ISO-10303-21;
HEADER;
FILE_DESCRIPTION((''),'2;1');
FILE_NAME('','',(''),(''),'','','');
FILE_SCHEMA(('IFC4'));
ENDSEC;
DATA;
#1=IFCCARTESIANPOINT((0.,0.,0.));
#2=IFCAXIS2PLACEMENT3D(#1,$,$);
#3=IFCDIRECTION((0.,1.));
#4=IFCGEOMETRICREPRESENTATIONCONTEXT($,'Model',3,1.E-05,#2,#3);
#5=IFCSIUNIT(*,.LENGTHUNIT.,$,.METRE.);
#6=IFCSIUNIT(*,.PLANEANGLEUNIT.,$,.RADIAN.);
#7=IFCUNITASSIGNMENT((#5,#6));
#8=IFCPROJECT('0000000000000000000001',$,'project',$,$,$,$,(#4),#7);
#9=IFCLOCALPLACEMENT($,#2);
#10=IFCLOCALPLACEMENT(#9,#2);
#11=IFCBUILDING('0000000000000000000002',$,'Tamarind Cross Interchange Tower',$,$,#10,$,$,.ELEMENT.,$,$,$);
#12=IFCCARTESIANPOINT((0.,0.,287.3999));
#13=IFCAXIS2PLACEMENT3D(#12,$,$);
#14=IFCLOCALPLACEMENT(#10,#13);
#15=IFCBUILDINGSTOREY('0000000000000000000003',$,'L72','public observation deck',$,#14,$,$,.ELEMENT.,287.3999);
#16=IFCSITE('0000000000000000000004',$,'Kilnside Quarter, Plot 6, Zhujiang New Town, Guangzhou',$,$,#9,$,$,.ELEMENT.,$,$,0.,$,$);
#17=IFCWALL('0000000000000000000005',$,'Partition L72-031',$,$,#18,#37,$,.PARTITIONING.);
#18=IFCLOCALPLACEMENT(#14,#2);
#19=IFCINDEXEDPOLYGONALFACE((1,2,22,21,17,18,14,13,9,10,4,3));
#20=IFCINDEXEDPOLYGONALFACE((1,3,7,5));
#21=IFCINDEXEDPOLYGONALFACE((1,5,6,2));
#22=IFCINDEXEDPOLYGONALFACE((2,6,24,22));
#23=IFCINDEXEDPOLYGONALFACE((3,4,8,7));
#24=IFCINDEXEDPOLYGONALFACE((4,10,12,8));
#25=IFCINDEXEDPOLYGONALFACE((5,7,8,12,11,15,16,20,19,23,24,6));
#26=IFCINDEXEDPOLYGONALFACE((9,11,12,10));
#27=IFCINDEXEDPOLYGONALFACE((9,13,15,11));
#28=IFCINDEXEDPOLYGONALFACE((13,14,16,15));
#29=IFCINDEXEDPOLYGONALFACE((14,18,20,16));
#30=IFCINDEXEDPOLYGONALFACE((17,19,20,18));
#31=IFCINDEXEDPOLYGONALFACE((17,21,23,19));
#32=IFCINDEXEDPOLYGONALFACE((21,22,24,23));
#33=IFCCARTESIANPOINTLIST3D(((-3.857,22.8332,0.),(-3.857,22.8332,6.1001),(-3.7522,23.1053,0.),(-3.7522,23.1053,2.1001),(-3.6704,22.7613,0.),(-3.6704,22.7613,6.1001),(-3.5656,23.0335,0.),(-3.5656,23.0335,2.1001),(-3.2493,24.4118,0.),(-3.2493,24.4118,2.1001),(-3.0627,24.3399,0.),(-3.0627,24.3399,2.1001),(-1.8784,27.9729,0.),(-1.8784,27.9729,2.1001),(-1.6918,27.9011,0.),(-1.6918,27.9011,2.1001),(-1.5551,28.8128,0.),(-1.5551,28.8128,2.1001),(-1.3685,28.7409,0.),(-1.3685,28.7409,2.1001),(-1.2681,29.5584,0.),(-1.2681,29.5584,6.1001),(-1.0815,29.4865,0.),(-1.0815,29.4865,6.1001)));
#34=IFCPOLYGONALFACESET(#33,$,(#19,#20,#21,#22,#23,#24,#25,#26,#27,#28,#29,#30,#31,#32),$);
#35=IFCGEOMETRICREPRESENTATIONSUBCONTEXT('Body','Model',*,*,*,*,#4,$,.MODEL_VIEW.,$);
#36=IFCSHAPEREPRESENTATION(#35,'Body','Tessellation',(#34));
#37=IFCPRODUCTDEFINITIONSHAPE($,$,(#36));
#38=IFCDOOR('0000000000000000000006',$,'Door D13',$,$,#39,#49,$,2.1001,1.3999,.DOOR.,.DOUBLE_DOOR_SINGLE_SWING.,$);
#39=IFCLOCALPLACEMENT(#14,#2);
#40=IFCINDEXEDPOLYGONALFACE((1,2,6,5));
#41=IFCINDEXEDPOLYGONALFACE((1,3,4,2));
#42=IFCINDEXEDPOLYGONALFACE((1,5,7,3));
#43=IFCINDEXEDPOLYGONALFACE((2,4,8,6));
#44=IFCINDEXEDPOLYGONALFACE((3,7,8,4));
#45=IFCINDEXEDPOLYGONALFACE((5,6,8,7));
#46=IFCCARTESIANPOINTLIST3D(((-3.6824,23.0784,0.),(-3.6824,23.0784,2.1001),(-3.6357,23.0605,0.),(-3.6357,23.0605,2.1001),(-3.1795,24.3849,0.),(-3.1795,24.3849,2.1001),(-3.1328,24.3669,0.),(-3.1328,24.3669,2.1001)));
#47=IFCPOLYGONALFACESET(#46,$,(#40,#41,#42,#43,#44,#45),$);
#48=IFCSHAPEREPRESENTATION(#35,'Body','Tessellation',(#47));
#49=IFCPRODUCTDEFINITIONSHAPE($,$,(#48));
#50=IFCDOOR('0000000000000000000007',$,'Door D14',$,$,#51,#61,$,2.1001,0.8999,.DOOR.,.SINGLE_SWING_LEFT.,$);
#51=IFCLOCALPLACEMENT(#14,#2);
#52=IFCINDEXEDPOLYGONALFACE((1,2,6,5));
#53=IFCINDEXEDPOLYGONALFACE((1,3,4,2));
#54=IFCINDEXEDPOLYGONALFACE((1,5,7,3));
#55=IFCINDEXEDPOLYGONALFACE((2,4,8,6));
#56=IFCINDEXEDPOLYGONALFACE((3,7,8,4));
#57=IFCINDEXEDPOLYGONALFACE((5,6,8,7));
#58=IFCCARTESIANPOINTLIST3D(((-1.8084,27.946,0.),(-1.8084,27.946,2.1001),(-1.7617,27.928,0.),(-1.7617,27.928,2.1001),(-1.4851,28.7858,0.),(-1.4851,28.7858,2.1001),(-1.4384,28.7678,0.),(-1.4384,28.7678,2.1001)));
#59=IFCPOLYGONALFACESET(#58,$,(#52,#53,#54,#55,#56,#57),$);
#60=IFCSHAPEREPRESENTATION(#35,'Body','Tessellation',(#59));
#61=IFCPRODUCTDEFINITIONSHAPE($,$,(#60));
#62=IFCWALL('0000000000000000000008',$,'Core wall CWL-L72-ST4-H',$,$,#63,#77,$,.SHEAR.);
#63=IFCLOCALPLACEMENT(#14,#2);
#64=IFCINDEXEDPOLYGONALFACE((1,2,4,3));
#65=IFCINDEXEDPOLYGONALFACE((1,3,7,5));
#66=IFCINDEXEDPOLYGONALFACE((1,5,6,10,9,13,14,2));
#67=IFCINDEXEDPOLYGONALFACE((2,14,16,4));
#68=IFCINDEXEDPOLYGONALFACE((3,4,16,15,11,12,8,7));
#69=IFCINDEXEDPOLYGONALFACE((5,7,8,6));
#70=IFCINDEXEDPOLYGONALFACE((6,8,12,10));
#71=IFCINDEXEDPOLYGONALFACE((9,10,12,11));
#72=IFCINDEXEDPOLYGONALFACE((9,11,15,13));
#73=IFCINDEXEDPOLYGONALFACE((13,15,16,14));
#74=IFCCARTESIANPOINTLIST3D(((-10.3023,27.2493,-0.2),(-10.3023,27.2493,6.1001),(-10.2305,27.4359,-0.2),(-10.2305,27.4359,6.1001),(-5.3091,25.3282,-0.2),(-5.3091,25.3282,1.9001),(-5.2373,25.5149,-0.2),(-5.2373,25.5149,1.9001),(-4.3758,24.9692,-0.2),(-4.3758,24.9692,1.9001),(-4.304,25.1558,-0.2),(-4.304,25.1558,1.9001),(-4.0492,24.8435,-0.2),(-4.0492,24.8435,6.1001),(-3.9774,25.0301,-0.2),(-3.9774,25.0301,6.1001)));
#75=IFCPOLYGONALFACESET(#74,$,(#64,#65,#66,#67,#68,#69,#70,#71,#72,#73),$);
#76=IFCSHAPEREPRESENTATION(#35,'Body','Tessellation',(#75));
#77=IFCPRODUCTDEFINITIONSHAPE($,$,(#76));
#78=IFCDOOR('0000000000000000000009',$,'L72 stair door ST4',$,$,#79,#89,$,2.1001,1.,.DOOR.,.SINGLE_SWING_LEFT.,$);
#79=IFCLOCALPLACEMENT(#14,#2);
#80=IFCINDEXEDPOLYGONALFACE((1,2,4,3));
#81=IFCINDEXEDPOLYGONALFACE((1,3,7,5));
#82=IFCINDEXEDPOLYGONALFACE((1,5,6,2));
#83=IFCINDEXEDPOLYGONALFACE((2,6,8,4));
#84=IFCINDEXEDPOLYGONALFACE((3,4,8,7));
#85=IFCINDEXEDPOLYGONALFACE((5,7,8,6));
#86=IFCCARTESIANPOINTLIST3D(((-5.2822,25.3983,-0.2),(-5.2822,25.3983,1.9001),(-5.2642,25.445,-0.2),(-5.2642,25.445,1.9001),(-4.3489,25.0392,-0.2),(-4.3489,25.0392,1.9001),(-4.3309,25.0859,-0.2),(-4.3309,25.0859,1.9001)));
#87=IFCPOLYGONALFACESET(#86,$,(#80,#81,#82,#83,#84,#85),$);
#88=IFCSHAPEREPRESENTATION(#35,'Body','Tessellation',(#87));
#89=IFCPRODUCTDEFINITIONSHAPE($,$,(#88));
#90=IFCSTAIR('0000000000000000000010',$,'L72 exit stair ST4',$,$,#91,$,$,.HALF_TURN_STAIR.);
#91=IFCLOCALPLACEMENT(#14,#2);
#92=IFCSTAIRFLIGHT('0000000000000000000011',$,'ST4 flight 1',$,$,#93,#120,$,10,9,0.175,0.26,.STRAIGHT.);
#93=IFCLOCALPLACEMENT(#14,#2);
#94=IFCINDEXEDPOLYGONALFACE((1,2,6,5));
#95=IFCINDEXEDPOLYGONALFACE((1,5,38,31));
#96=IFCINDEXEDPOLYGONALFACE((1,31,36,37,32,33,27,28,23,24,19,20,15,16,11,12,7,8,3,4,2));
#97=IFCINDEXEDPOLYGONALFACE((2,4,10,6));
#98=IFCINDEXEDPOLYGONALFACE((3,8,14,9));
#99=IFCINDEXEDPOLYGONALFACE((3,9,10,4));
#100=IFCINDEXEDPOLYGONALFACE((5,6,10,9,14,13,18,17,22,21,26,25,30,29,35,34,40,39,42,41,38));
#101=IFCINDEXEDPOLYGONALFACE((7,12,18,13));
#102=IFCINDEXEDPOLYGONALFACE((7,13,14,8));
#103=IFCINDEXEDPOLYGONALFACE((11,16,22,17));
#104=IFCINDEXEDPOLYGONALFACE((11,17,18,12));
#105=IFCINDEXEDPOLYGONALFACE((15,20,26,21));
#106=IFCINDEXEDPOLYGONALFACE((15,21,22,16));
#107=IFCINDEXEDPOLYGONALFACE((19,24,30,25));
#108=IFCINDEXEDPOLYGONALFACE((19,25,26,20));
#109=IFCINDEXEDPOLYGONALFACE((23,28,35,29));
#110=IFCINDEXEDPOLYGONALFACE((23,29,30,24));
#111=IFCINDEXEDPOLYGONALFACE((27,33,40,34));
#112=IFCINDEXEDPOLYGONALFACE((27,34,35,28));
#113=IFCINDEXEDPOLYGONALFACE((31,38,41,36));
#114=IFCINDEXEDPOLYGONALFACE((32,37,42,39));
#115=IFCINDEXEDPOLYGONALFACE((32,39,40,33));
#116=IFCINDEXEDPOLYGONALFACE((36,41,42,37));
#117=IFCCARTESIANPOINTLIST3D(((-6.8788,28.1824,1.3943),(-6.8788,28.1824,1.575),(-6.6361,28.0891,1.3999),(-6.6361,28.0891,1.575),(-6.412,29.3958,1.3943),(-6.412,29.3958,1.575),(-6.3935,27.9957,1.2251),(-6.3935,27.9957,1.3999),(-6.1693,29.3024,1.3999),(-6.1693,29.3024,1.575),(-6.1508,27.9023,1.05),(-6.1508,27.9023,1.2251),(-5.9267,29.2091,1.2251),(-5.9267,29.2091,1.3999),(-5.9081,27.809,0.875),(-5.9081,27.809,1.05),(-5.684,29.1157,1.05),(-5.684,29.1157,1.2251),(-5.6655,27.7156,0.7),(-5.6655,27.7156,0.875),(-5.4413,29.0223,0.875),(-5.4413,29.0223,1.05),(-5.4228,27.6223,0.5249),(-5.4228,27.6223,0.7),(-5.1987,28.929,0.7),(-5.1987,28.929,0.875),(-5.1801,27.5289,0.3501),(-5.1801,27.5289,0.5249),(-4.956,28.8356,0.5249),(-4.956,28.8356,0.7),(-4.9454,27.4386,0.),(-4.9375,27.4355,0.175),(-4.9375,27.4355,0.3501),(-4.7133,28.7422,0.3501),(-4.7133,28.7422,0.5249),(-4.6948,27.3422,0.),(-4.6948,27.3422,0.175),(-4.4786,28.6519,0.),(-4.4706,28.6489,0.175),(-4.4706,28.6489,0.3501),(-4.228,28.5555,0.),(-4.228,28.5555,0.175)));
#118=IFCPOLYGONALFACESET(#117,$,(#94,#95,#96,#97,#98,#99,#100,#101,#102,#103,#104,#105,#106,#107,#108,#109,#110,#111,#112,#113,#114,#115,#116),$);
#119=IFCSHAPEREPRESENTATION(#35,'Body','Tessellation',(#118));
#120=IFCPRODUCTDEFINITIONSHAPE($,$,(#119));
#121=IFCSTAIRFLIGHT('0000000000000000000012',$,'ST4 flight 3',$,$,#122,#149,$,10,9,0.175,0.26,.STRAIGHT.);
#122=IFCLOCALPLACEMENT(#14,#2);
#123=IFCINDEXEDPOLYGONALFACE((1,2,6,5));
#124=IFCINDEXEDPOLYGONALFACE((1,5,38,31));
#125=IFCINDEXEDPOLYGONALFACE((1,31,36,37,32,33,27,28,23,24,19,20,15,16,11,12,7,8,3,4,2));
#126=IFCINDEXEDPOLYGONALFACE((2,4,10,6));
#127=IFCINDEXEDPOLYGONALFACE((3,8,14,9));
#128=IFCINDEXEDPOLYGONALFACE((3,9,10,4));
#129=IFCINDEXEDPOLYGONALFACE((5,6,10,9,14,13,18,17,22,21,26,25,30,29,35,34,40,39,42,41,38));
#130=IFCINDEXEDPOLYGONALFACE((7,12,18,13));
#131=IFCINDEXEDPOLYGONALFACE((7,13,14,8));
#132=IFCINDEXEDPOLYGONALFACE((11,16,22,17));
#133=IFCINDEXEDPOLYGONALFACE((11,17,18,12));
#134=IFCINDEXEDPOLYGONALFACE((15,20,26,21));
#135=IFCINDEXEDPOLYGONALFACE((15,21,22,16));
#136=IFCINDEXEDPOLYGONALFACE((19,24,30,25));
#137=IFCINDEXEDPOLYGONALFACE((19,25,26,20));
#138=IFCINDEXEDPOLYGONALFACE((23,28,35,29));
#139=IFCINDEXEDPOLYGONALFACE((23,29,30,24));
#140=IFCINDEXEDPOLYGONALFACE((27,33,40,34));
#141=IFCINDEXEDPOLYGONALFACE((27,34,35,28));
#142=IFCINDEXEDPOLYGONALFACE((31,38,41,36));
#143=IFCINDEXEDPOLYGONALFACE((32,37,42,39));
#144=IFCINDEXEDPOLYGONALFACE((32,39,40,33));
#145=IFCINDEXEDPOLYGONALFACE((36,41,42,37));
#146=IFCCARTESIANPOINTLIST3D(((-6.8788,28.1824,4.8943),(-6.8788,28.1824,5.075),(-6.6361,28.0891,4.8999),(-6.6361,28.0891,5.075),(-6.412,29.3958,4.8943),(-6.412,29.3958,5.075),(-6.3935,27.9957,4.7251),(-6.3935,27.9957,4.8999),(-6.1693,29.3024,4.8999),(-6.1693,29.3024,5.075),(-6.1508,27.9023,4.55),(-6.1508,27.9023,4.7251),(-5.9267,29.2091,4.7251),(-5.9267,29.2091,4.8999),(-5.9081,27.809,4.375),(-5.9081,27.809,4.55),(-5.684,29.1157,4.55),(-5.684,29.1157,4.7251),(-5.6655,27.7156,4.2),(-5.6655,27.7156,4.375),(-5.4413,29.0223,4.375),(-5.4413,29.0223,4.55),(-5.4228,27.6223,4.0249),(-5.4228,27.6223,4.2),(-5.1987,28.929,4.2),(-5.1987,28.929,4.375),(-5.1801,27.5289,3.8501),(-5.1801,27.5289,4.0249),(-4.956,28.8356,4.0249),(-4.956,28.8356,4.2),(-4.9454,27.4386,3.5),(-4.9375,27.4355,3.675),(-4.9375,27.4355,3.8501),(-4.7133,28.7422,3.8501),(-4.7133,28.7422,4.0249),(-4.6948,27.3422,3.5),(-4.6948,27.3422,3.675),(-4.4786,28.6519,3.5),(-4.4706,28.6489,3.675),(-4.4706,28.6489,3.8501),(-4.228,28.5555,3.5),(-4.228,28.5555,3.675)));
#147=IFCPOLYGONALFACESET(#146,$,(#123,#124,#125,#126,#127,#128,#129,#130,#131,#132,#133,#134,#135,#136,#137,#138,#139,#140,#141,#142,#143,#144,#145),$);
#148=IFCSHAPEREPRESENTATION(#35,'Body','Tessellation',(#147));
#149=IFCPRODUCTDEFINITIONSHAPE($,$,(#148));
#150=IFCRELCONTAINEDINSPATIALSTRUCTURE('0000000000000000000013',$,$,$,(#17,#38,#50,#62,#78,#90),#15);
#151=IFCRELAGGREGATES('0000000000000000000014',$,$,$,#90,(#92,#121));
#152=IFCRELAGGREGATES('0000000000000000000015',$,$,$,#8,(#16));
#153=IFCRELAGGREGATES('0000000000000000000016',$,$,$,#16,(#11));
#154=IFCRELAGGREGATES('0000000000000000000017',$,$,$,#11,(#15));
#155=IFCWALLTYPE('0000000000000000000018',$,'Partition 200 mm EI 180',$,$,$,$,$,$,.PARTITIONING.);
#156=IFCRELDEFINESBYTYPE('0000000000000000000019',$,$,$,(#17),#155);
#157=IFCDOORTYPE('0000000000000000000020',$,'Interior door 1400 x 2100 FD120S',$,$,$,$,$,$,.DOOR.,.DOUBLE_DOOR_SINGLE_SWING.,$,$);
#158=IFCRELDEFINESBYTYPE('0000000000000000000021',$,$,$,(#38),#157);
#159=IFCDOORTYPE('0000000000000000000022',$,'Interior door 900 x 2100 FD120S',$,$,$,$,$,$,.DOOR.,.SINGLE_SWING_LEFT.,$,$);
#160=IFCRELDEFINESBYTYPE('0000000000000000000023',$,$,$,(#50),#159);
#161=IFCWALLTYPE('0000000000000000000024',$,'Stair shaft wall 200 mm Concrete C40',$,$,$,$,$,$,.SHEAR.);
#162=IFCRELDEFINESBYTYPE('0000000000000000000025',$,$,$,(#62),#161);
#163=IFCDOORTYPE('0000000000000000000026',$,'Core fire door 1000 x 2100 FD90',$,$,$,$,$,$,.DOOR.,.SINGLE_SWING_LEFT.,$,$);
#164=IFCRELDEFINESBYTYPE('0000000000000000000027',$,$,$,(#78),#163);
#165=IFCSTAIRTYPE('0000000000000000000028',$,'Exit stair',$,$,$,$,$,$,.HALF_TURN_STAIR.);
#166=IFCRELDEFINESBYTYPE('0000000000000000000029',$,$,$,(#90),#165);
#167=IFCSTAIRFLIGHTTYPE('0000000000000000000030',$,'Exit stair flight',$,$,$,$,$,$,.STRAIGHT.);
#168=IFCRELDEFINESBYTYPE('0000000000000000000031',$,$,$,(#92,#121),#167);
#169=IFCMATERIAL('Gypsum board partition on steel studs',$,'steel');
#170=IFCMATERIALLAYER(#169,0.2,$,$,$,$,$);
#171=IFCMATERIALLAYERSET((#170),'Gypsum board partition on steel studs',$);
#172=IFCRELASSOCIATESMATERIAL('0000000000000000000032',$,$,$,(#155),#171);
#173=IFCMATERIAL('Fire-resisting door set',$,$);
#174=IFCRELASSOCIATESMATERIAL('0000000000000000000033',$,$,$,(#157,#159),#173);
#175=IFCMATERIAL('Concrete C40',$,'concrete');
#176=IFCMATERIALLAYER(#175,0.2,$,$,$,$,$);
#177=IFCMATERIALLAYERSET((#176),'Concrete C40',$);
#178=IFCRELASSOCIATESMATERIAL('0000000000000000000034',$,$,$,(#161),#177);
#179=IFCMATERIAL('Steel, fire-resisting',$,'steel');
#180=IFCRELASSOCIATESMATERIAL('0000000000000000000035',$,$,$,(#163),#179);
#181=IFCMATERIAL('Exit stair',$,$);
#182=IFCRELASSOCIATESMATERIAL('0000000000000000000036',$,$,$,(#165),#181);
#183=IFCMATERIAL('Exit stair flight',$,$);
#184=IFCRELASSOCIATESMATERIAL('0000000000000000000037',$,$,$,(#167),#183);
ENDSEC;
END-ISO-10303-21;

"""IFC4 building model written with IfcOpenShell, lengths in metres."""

from ifc_helpers import new_model, si_unit, direction, frame, frame_2d, origin, place, context, subcontext, project, spatial, polyline, rectangle, outline, extrude, material, layer, layer_set, type_object, element, fill, aggregate, save


model = new_model("IFC4")

# Units and contexts
model_context = context("Model", 3, precision=1e-05, world=origin(), true_north=direction((0.0, 1.0)))
body_context = subcontext(model_context, "Body", "Model", "MODEL_VIEW")
ifc_project = project(units=[si_unit("LENGTHUNIT", "METRE"), si_unit("PLANEANGLEUNIT", "RADIAN")], contexts=[model_context])

# Site, building, storey
site_placement = place(None, origin())
site = spatial("IfcSite", under=ifc_project, at=site_placement, Name="Kilnside Quarter, Plot 6, Zhujiang New Town, Guangzhou", CompositionType="ELEMENT", RefElevation=0.0)
building_placement = place(site_placement, origin())
building = spatial("IfcBuilding", under=site, at=building_placement, Name="Tamarind Cross Interchange Tower", CompositionType="ELEMENT")
storey_placement = place(building_placement, frame((0.0, 0.0, 287.3999)))
storey = spatial("IfcBuildingStorey", under=building, at=storey_placement, Name="L72", Description="public observation deck", CompositionType="ELEMENT", Elevation=287.3999)

# Shared definitions
ifc_material_1 = material(Name="Gypsum board partition on steel studs", Category="steel")

# Wall, openings, doors
ifc_layer_1 = layer(ifc_material_1, 0.2)
ifc_layer_set_1 = layer_set([ifc_layer_1], Name="Gypsum board partition on steel studs")
wall_type_1 = type_object("IfcWallType", Name="Partition 200 mm EI 180", PredefinedType="PARTITIONING", material=ifc_layer_set_1)
wall_1_placement = place(storey_placement, frame((-3.7637, 22.7974, 0.0), z_axis=(0.0, 0.0, 1.0), x_axis=(0.359256, 0.933239, 0.0)))
wall_1 = element("IfcWall", 1, at=wall_1_placement, inside=storey, type_object=wall_type_1, Name="Partition L72-031", PredefinedType="PARTITIONING", context=body_context, shape_type="SweptSolid", body=[
    extrude(rectangle(XDim=7.2063, YDim=0.2, at=frame_2d((3.603, 0.0))), origin(), (0.0, 0.0, 1.0), 6.1001),
])
opening_1_placement = place(wall_1_placement, frame((0.2915, 0.0, 0.0)))
opening_1 = element("IfcOpeningElement", 2, at=opening_1_placement, cuts=wall_1, PredefinedType="OPENING", context=body_context, shape_type="SweptSolid", body=[
    extrude(rectangle(XDim=1.3999, YDim=2.1001, at=frame_2d((0.7, 1.05))), frame((0.0, 0.1099, 0.0), z_axis=(0.0, -1.0, 0.0), x_axis=(1.0, 0.0, 0.0)), (0.0, 0.0, 1.0), 0.22),
])
opening_2_placement = place(wall_1_placement, frame((5.5073, 0.0, 0.0)))
opening_2 = element("IfcOpeningElement", 3, at=opening_2_placement, cuts=wall_1, PredefinedType="OPENING", context=body_context, shape_type="SweptSolid", body=[
    extrude(rectangle(XDim=0.8999, YDim=2.1001, at=frame_2d((0.45, 1.05))), frame((0.0, 0.1099, 0.0), z_axis=(0.0, -1.0, 0.0), x_axis=(1.0, 0.0, 0.0)), (0.0, 0.0, 1.0), 0.22),
])
ifc_material_2 = material(Name="Fire-resisting door set")
door_type_1 = type_object("IfcDoorType", Name="Interior door 1400 x 2100 FD120S", OperationType="DOUBLE_DOOR_SINGLE_SWING", PredefinedType="DOOR", material=ifc_material_2)
door_1_placement = place(opening_1_placement, frame((1.3999, 0.0, 0.0), z_axis=(0.0, 0.0, 1.0), x_axis=(-1.0, 0.0, 0.0)))
door_1 = element("IfcDoor", 4, at=door_1_placement, inside=storey, type_object=door_type_1, Name="Door D13", OperationType="DOUBLE_DOOR_SINGLE_SWING", OverallHeight=2.1001, OverallWidth=1.3999, PredefinedType="DOOR", context=body_context, shape_type="SweptSolid", body=[
    extrude(rectangle(XDim=1.3999, YDim=2.1001, at=frame_2d((0.7, 1.05))), frame((0.0, 0.0249, 0.0), z_axis=(0.0, -1.0, 0.0), x_axis=(1.0, 0.0, 0.0)), (0.0, 0.0, 1.0), 0.05),
])
fill(opening_1, door_1)
door_type_2 = type_object("IfcDoorType", Name="Interior door 900 x 2100 FD120S", OperationType="SINGLE_SWING_LEFT", PredefinedType="DOOR", material=ifc_material_2)
door_2_placement = place(opening_2_placement, origin())
door_2 = element("IfcDoor", 5, at=door_2_placement, inside=storey, type_object=door_type_2, Name="Door D14", OperationType="SINGLE_SWING_LEFT", OverallHeight=2.1001, OverallWidth=0.8999, PredefinedType="DOOR", context=body_context, shape_type="SweptSolid", body=[
    extrude(rectangle(XDim=0.8999, YDim=2.1001, at=frame_2d((0.45, 1.05))), frame((0.0, 0.0249, 0.0), z_axis=(0.0, -1.0, 0.0), x_axis=(1.0, 0.0, 0.0)), (0.0, 0.0, 1.0), 0.05),
])
fill(opening_2, door_2)

# Wall, opening, door
ifc_material_3 = material(Name="Concrete C40", Category="concrete")
ifc_layer_2 = layer(ifc_material_3, 0.2)
ifc_layer_set_2 = layer_set([ifc_layer_2], Name="Concrete C40")
wall_type_2 = type_object("IfcWallType", Name="Stair shaft wall 200 mm Concrete C40", PredefinedType="SHEAR", material=ifc_layer_set_2)
wall_2_placement = place(storey_placement, frame((-4.0132, 24.9368, -0.2), z_axis=(0.0, 0.0, 1.0), x_axis=(-0.933311, 0.359069, 0.0)))
wall_2 = element("IfcWall", 6, at=wall_2_placement, inside=storey, type_object=wall_type_2, Name="Core wall CWL-L72-ST4-H", PredefinedType="SHEAR", context=body_context, shape_type="SweptSolid", body=[
    extrude(rectangle(XDim=6.7, YDim=0.2, at=frame_2d((3.3501, 0.0))), origin(), (0.0, 0.0, 1.0), 6.3),
])
opening_3_placement = place(wall_2_placement, frame((0.3501, 0.0, 0.0)))
opening_3 = element("IfcOpeningElement", 7, at=opening_3_placement, cuts=wall_2, PredefinedType="OPENING", context=body_context, shape_type="SweptSolid", body=[
    extrude(rectangle(XDim=1.0, YDim=2.1001, at=frame_2d((0.5, 1.05))), frame((0.0, 0.1099, 0.0), z_axis=(0.0, -1.0, 0.0), x_axis=(1.0, 0.0, 0.0)), (0.0, 0.0, 1.0), 0.22),
])
ifc_material_4 = material(Name="Steel, fire-resisting", Category="steel")
door_type_3 = type_object("IfcDoorType", Name="Core fire door 1000 x 2100 FD90", OperationType="SINGLE_SWING_LEFT", PredefinedType="DOOR", material=ifc_material_4)
door_3_placement = place(opening_3_placement, origin())
door_3 = element("IfcDoor", 8, at=door_3_placement, inside=storey, type_object=door_type_3, Name="L72 stair door ST4", OperationType="SINGLE_SWING_LEFT", OverallHeight=2.1001, OverallWidth=1.0, PredefinedType="DOOR", context=body_context, shape_type="SweptSolid", body=[
    extrude(rectangle(XDim=1.0, YDim=2.1001, at=frame_2d((0.5, 1.05))), frame((0.0, 0.0249, 0.0), z_axis=(0.0, -1.0, 0.0), x_axis=(1.0, 0.0, 0.0)), (0.0, 0.0, 1.0), 0.05),
])
fill(opening_3, door_3)

# Stair, stair flights
ifc_material_5 = material(Name="Exit stair")
stair_type = type_object("IfcStairType", Name="Exit stair", PredefinedType="HALF_TURN_STAIR", material=ifc_material_5)
stair_placement = place(storey_placement, origin())
stair = element("IfcStair", 9, at=stair_placement, inside=storey, type_object=stair_type, Name="L72 exit stair ST4", PredefinedType="HALF_TURN_STAIR")
ifc_material_6 = material(Name="Exit stair flight")
stair_flight_type = type_object("IfcStairFlightType", Name="Exit stair flight", PredefinedType="STRAIGHT", material=ifc_material_6)
stair_flight_1_placement = place(storey_placement, frame((-4.4614, 27.9487, 0.0), z_axis=(0.0, 0.0, 1.0), x_axis=(-0.93331, 0.359072, 0.0)))
stair_flight_1 = element("IfcStairFlight", 10, at=stair_flight_1_placement, type_object=stair_flight_type, Name="ST4 flight 1", NumberOfRisers=10, NumberOfTreads=9, PredefinedType="STRAIGHT", RiserHeight=0.175, TreadLength=0.26, context=body_context, shape_type="SweptSolid", body=[
    extrude(outline(polyline([(0.0, 0.0), (0.0, 0.175), (0.26, 0.175), (0.26, 0.3501), (0.52, 0.3501), (0.52, 0.5249), (0.78, 0.5249), (0.78, 0.7), (1.04, 0.7), (1.04, 0.875), (1.3, 0.875), (1.3, 1.05), (1.5601, 1.05), (1.5601, 1.2251), (1.8201, 1.2251), (1.8201, 1.3999), (2.0801, 1.3999), (2.0801, 1.575), (2.3401, 1.575), (2.3401, 1.75), (2.3401, 1.3943), (0.2686, 0.0), (0.0, 0.0)])), frame((0.0, 0.6499, 0.0), z_axis=(0.0, -1.0, 0.0), x_axis=(1.0, 0.0, 0.0)), (0.0, 0.0, 1.0), 1.3),
])
stair_flight_2_placement = place(storey_placement, frame((-4.4614, 27.9487, 3.5), z_axis=(0.0, 0.0, 1.0), x_axis=(-0.93331, 0.359072, 0.0)))
stair_flight_2 = element("IfcStairFlight", 11, at=stair_flight_2_placement, type_object=stair_flight_type, Name="ST4 flight 3", NumberOfRisers=10, NumberOfTreads=9, PredefinedType="STRAIGHT", RiserHeight=0.175, TreadLength=0.26, context=body_context, shape_type="SweptSolid", body=[
    extrude(outline(polyline([(0.0, 0.0), (0.0, 0.175), (0.26, 0.175), (0.26, 0.3501), (0.52, 0.3501), (0.52, 0.5249), (0.78, 0.5249), (0.78, 0.7), (1.04, 0.7), (1.04, 0.875), (1.3, 0.875), (1.3, 1.05), (1.5601, 1.05), (1.5601, 1.2251), (1.8201, 1.2251), (1.8201, 1.3999), (2.0801, 1.3999), (2.0801, 1.575), (2.3401, 1.575), (2.3401, 1.75), (2.3401, 1.3943), (0.2686, 0.0), (0.0, 0.0)])), frame((0.0, 0.6499, 0.0), z_axis=(0.0, -1.0, 0.0), x_axis=(1.0, 0.0, 0.0)), (0.0, 0.0, 1.0), 1.3),
])
aggregate(stair, [stair_flight_1, stair_flight_2])

save(model, "model.ifc")
